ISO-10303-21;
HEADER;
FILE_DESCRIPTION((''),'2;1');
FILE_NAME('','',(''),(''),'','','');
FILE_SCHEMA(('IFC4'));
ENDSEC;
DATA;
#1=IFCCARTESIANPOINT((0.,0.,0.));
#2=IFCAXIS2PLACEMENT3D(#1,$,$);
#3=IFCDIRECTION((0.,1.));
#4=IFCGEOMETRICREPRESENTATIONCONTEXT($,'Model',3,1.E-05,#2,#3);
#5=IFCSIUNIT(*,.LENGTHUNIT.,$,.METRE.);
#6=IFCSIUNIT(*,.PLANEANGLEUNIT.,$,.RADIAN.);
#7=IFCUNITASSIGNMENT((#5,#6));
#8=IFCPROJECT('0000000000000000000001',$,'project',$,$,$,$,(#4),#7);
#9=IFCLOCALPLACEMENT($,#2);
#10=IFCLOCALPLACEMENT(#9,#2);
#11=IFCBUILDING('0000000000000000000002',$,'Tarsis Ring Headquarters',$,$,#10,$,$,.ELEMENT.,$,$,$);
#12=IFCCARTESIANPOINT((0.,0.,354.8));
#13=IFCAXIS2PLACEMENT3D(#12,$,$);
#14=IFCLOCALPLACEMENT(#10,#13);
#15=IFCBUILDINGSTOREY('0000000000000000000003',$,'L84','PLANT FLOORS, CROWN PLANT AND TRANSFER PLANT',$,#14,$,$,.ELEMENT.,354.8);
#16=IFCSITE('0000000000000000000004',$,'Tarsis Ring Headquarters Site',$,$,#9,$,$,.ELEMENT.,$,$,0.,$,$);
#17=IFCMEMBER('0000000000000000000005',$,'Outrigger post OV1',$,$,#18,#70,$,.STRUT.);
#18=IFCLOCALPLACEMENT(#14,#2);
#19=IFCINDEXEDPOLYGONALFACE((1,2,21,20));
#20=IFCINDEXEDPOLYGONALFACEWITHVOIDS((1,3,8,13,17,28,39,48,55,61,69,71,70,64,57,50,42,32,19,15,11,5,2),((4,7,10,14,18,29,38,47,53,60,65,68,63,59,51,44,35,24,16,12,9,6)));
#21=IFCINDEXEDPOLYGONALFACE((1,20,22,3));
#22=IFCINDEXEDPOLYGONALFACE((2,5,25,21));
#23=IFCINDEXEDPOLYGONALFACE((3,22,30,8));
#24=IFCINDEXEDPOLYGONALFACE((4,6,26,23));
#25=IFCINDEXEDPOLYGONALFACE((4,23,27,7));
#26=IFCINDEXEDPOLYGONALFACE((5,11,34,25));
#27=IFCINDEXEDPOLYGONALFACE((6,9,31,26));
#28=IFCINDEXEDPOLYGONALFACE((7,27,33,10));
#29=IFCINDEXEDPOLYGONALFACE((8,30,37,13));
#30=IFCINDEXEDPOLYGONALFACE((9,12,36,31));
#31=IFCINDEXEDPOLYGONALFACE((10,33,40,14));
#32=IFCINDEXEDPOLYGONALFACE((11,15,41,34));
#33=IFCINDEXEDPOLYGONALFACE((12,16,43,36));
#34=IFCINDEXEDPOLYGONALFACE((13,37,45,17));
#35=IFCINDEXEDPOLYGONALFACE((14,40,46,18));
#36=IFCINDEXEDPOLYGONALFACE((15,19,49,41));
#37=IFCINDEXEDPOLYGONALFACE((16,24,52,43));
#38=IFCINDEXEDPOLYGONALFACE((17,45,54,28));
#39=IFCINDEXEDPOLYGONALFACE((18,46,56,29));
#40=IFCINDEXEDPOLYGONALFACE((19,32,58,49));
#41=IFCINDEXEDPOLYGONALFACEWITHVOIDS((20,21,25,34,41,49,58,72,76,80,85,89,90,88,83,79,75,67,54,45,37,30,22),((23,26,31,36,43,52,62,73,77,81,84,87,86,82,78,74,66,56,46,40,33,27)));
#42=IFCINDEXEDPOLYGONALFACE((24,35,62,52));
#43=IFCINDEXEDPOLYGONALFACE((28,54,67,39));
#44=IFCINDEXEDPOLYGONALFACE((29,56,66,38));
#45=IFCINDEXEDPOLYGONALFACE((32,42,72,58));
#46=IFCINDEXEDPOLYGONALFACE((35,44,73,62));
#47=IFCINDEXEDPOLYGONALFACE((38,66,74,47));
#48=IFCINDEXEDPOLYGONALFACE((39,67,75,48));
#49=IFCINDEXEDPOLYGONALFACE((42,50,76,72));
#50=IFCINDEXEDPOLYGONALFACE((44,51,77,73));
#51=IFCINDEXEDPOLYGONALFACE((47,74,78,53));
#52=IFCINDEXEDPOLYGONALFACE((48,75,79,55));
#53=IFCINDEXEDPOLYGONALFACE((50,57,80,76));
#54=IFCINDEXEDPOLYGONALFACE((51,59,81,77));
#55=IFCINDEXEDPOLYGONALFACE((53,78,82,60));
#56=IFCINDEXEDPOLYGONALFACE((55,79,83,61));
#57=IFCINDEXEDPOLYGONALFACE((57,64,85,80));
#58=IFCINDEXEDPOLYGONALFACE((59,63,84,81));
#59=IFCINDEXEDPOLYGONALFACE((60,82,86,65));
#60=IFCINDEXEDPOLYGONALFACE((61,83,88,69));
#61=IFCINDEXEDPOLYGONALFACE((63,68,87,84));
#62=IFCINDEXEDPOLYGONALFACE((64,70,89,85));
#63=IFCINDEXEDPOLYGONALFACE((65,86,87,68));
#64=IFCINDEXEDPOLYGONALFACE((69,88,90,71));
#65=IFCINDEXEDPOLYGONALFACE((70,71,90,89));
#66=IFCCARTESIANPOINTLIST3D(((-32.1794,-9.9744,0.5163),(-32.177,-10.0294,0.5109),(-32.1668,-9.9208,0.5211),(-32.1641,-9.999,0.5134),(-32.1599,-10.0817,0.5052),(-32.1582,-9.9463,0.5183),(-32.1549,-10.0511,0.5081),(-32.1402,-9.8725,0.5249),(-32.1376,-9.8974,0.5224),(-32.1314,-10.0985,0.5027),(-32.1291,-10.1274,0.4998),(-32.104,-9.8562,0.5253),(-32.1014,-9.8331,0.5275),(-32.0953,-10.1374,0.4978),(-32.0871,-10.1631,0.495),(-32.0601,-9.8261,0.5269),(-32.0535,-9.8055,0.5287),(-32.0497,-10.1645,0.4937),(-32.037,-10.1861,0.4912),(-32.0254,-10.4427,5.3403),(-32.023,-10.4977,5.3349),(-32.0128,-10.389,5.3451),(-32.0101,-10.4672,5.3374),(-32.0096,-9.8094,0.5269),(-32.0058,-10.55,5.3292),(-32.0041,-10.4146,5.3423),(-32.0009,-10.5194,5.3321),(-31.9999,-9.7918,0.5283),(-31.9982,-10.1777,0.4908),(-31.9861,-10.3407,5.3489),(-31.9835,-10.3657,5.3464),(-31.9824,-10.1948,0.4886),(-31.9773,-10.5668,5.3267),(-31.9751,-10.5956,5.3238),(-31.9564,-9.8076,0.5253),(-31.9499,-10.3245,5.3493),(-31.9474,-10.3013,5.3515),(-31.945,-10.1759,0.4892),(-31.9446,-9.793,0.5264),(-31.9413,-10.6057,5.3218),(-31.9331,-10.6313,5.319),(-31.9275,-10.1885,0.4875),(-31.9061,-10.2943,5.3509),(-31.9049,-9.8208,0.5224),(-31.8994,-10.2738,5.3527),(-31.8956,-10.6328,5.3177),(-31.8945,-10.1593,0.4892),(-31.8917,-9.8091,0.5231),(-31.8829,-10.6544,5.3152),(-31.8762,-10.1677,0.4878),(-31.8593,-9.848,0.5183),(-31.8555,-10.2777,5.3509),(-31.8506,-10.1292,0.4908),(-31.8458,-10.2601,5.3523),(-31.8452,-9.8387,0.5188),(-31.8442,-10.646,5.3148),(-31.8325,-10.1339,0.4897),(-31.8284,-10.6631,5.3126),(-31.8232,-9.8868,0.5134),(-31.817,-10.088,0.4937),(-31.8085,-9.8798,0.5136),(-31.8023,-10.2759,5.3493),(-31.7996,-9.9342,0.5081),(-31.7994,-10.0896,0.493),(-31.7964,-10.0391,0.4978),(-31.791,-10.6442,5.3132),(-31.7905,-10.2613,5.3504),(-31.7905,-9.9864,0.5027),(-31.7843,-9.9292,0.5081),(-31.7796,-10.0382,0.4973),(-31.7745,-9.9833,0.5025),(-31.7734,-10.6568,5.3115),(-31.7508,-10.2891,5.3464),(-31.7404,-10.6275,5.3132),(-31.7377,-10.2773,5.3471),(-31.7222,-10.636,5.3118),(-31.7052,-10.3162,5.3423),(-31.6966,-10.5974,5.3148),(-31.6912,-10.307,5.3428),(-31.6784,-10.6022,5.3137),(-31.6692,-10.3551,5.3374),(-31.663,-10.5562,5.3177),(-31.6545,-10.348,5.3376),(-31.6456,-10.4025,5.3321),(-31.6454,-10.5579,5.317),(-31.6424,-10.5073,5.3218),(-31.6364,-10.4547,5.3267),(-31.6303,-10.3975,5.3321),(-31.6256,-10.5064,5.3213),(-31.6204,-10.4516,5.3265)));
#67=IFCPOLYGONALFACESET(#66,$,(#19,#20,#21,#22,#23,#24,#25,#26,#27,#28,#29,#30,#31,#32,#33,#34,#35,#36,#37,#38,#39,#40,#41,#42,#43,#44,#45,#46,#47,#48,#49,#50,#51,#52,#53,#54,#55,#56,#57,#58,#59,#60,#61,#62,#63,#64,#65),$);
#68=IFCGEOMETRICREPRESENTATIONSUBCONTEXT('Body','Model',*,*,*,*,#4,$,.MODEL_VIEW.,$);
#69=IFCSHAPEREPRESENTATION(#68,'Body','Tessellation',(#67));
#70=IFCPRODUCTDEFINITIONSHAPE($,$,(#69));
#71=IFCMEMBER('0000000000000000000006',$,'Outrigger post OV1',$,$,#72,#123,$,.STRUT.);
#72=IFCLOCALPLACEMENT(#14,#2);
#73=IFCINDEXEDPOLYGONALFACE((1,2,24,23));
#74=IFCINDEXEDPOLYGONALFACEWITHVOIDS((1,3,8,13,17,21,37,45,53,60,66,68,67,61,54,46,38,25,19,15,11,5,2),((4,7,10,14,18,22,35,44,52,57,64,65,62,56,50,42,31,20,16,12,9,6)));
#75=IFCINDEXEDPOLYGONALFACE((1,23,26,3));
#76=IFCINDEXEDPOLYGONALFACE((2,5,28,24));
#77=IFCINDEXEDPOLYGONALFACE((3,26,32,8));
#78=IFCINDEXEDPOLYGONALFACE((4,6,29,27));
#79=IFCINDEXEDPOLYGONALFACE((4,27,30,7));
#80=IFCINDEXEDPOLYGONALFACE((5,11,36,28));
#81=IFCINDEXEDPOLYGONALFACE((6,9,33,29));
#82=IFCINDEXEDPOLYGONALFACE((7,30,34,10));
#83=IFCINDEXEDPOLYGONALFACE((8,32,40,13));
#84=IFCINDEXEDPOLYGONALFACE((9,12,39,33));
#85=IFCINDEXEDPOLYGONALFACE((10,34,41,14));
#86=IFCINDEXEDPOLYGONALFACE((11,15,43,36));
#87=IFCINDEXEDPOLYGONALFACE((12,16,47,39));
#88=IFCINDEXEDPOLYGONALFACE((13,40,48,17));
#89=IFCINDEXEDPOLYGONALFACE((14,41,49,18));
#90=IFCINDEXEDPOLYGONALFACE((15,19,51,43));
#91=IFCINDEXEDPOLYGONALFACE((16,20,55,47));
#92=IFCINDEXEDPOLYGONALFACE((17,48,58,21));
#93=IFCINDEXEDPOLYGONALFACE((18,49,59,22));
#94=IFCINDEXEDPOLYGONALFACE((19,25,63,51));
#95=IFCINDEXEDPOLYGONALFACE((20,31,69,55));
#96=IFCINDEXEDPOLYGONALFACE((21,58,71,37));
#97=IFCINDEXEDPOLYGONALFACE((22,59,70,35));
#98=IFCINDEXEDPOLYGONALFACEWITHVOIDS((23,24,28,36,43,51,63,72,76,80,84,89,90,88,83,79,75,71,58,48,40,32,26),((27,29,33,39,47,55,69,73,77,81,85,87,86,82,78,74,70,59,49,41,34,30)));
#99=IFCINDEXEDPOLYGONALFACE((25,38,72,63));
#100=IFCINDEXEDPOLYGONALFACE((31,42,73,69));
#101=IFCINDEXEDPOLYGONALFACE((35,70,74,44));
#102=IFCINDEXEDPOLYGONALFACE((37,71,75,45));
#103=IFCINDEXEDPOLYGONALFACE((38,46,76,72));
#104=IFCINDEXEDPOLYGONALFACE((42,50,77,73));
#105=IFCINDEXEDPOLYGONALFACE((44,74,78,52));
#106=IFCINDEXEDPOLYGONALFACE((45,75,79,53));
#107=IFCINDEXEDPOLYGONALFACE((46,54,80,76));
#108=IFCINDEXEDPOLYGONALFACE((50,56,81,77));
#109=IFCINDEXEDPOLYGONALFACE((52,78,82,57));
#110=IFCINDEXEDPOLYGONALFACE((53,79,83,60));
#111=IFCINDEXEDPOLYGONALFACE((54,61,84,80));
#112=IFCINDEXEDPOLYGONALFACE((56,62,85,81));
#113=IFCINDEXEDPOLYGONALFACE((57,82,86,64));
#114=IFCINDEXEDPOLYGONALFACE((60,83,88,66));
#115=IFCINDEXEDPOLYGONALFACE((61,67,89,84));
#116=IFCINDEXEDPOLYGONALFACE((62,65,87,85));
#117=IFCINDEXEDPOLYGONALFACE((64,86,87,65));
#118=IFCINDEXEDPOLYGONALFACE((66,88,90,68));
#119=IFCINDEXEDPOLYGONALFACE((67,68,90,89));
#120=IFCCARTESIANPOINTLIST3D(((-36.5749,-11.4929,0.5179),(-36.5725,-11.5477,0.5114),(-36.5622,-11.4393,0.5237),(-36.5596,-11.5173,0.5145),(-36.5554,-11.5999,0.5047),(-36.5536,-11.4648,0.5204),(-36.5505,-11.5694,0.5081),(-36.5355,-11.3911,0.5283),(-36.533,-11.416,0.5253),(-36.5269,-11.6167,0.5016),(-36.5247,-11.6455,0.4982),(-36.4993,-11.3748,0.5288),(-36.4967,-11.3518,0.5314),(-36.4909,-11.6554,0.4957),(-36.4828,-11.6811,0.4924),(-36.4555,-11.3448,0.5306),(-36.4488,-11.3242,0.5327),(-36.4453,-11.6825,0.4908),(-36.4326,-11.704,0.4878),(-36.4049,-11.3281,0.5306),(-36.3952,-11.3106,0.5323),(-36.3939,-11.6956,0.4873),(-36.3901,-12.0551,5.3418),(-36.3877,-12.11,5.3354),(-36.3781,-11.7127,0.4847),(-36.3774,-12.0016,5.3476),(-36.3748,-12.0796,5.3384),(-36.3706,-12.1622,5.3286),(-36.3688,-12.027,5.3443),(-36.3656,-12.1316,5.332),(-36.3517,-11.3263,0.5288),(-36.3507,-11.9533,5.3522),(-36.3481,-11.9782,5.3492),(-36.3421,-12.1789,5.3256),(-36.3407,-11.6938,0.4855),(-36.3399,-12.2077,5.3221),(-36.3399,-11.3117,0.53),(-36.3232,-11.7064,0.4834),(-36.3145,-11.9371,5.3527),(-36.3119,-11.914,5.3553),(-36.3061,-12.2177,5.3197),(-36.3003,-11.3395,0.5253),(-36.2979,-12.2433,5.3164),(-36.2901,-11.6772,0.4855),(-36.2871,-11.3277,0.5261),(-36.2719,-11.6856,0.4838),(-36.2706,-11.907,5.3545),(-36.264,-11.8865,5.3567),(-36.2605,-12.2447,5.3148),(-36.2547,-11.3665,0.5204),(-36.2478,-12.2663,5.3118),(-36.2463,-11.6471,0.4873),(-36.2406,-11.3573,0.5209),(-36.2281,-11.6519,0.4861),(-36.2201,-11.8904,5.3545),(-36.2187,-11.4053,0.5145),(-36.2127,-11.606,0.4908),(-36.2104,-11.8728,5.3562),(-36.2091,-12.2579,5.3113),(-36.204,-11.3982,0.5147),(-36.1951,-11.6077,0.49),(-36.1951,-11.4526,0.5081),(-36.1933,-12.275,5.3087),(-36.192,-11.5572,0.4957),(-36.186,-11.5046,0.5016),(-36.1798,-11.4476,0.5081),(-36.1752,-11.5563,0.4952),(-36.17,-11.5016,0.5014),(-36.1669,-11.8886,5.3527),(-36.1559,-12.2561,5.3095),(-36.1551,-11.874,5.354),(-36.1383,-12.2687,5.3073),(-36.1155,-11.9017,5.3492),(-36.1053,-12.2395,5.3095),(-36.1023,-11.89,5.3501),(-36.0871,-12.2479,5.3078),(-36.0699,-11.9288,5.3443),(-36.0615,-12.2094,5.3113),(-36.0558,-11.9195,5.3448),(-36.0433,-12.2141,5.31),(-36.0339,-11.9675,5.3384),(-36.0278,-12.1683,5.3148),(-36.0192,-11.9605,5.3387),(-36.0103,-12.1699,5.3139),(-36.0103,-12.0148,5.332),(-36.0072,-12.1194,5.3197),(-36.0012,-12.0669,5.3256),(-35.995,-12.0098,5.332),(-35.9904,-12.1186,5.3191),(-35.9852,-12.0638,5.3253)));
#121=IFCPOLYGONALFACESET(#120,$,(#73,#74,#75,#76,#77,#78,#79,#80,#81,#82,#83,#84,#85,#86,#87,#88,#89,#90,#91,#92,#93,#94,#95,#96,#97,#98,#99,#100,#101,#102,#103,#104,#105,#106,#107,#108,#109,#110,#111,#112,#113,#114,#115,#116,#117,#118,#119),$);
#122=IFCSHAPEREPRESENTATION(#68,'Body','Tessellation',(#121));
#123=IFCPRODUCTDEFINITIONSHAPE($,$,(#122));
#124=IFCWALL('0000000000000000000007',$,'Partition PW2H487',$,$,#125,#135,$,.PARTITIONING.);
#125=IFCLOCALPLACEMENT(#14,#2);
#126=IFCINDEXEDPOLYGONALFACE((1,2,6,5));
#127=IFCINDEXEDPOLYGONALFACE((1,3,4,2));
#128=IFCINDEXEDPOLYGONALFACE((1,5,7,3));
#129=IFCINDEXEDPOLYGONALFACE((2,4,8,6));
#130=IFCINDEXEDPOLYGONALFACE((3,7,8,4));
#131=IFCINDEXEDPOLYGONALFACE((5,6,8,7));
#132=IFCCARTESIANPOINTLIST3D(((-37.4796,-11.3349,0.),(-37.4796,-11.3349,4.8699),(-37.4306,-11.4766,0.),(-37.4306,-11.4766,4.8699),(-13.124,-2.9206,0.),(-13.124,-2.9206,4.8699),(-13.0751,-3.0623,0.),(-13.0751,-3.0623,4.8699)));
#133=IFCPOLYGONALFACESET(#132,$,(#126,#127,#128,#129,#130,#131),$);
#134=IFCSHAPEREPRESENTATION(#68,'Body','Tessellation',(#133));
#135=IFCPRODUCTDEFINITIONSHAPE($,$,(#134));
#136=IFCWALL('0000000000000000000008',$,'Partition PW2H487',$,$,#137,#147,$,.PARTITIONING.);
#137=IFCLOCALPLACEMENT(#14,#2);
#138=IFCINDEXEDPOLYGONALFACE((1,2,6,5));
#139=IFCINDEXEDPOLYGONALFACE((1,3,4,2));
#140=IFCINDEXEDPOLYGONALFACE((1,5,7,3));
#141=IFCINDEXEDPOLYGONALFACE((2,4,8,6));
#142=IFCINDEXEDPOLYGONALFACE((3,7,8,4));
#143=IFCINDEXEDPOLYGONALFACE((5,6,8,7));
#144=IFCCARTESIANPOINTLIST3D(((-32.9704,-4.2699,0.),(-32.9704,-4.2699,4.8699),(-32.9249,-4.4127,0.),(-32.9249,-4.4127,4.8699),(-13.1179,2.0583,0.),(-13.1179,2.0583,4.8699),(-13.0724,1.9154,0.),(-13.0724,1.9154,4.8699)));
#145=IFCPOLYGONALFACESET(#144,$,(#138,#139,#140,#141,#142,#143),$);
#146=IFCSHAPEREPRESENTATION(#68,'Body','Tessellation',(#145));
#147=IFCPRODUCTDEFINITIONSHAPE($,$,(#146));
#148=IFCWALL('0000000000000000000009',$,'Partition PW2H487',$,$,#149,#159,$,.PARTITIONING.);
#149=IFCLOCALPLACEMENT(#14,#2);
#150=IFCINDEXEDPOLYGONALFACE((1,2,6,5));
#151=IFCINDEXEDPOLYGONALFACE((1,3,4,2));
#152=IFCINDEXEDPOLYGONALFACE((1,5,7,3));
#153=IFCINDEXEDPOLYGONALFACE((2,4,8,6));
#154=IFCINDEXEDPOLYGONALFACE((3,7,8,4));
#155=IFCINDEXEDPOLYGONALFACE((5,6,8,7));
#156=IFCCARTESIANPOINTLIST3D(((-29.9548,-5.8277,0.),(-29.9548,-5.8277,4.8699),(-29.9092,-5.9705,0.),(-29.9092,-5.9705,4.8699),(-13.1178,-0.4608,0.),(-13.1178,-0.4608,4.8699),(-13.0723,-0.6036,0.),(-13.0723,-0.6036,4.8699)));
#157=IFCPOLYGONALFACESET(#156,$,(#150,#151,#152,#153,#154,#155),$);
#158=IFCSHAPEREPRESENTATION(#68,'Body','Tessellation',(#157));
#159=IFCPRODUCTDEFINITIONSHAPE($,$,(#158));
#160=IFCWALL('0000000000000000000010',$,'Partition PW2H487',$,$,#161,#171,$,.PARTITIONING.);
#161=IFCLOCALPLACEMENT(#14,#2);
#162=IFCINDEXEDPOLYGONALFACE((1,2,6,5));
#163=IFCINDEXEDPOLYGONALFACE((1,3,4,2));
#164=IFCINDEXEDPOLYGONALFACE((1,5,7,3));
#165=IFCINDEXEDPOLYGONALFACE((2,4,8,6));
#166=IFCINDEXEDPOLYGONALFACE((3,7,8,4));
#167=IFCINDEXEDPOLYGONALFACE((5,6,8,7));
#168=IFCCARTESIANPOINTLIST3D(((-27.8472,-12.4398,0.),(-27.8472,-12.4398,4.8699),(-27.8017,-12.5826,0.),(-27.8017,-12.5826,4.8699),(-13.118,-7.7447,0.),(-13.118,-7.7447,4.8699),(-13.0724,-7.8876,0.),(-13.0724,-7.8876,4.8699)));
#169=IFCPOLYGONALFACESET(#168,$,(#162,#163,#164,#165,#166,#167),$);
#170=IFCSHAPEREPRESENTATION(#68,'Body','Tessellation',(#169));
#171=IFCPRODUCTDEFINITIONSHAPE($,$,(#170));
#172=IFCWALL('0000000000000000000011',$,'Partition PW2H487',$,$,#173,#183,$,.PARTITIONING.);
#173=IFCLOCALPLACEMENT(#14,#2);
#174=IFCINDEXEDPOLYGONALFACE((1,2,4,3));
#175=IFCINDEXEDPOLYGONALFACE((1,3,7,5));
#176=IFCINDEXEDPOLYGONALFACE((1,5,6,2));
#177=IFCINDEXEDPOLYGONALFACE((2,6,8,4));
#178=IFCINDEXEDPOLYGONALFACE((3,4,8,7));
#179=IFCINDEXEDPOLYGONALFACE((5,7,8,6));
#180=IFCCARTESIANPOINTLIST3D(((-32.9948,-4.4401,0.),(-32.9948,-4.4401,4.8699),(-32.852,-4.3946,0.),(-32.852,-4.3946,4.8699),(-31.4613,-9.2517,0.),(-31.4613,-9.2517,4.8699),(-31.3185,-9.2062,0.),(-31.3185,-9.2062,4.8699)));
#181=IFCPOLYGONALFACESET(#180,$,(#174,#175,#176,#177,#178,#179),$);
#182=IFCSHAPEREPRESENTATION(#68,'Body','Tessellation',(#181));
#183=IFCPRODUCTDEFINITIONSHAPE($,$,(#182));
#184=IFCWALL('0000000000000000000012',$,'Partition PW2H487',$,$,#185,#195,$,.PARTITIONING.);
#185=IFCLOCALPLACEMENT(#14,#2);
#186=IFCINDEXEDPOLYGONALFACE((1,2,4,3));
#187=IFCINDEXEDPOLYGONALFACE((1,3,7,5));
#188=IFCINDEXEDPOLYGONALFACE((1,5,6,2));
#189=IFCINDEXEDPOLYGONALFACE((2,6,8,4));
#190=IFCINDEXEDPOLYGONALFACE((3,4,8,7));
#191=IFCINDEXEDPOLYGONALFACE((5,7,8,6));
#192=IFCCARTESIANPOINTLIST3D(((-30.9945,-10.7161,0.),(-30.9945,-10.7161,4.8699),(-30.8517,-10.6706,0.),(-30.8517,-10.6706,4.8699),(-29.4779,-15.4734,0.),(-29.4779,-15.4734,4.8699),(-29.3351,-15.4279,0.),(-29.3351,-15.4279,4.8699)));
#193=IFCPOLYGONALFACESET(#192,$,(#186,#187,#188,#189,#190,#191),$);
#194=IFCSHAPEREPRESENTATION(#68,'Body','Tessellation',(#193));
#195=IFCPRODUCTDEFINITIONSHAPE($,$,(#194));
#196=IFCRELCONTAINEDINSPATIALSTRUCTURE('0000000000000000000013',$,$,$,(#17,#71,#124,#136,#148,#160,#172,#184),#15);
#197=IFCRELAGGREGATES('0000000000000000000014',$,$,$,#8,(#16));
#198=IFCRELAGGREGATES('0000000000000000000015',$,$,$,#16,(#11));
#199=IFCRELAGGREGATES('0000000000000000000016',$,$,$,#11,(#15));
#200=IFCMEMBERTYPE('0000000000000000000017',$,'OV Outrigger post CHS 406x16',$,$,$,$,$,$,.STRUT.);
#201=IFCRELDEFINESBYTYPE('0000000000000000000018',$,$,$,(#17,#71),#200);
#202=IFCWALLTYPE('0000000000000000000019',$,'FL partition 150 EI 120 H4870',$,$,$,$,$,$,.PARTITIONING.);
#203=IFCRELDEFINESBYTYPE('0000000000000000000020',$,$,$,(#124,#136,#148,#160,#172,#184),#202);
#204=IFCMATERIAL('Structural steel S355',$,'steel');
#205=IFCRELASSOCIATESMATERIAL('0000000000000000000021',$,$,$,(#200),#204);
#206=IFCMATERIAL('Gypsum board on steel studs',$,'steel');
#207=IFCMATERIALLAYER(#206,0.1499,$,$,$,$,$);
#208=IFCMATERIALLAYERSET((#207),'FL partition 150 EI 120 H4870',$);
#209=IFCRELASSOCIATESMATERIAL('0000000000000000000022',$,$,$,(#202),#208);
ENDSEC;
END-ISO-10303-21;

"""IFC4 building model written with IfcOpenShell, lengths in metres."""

from ifc_helpers import new_model, si_unit, direction, frame, frame_2d, origin, origin_2d, place, context, subcontext, project, spatial, rectangle, hollow_circle, extrude, material, layer, layer_set, material_profile, profile_set, type_object, element, save


model = new_model("IFC4")

# Units and contexts
model_context = context("Model", 3, precision=1e-05, world=origin(), true_north=direction((0.0, 1.0)))
body_context = subcontext(model_context, "Body", "Model", "MODEL_VIEW")
ifc_project = project(units=[si_unit("LENGTHUNIT", "METRE"), si_unit("PLANEANGLEUNIT", "RADIAN")], contexts=[model_context])

# Site, building, storey
site_placement = place(None, origin())
site = spatial("IfcSite", under=ifc_project, at=site_placement, Name="Tarsis Ring Headquarters Site", CompositionType="ELEMENT", RefElevation=0.0)
building_placement = place(site_placement, origin())
building = spatial("IfcBuilding", under=site, at=building_placement, Name="Tarsis Ring Headquarters", CompositionType="ELEMENT")
storey_placement = place(building_placement, frame((0.0, 0.0, 354.8)))
storey = spatial("IfcBuildingStorey", under=building, at=storey_placement, Name="L84", Description="PLANT FLOORS, CROWN PLANT AND TRANSFER PLANT", CompositionType="ELEMENT", Elevation=354.8)

# Members
ifc_material_1 = material(Name="Structural steel S355", Category="steel")
ifc_material_profile_1 = material_profile(ifc_material_1, hollow_circle(Radius=0.2031, WallThickness=0.0161, at=origin_2d()), Name="CHS 406x16")
ifc_profile_set_1 = profile_set([ifc_material_profile_1], Name="Structural steel S355")
member_type_1 = type_object("IfcMemberType", Name="OV Outrigger post CHS 406x16", PredefinedType="STRUT", material=ifc_profile_set_1)
member_1_placement = place(storey_placement, frame((-31.9773, -9.9927, 0.5081), z_axis=(0.031769, -0.096567, 0.994819), x_axis=(0.949914, 0.312511, 0.0)))
element("IfcMember", 1, at=member_1_placement, inside=storey, type_object=member_type_1, Name="Outrigger post OV1", PredefinedType="STRUT", context=body_context, shape_type="SweptSolid", body=[
    extrude(hollow_circle(Radius=0.2031, WallThickness=0.0161, at=origin_2d()), origin(), (0.0, 0.0, 1.0), 4.8491),
])
member_2_placement = place(storey_placement, frame((-36.3728, -11.511, 0.5081), z_axis=(0.038027, -0.115687, 0.992558), x_axis=(0.949995, 0.312265, 0.0)))
element("IfcMember", 2, at=member_2_placement, inside=storey, type_object=member_type_1, Name="Outrigger post OV1", PredefinedType="STRUT", context=body_context, shape_type="SweptSolid", body=[
    extrude(hollow_circle(Radius=0.2031, WallThickness=0.0161, at=origin_2d()), origin(), (0.0, 0.0, 1.0), 4.8601),
])

# Walls
ifc_material_2 = material(Name="Gypsum board on steel studs", Category="steel")
ifc_layer = layer(ifc_material_2, 0.1499)
ifc_layer_set = layer_set([ifc_layer], Name="FL partition 150 EI 120 H4870")
wall_type = type_object("IfcWallType", Name="FL partition 150 EI 120 H4870", PredefinedType="PARTITIONING", material=ifc_layer_set)
wall_1_placement = place(storey_placement, frame((-37.4551, -11.4058, 0.0), z_axis=(0.0, 0.0, 1.0), x_axis=(0.945183, 0.326541, 0.0)))
element("IfcWall", 3, at=wall_1_placement, inside=storey, type_object=wall_type, Name="Partition PW2H487", PredefinedType="PARTITIONING", context=body_context, shape_type="SweptSolid", body=[
    extrude(rectangle(XDim=25.7681, YDim=0.1499, at=frame_2d((12.884, 0.0))), origin(), (0.0, 0.0, 1.0), 4.8699),
])
wall_2_placement = place(storey_placement, frame((-32.9478, -4.3413, 0.0), z_axis=(0.0, 0.0, 1.0), x_axis=(0.952767, 0.303701, 0.0)))
element("IfcWall", 4, at=wall_2_placement, inside=storey, type_object=wall_type, Name="Partition PW2H487", PredefinedType="PARTITIONING", context=body_context, shape_type="SweptSolid", body=[
    extrude(rectangle(XDim=20.8367, YDim=0.1499, at=frame_2d((10.4185, 0.0))), origin(), (0.0, 0.0, 1.0), 4.8699),
])
wall_3_placement = place(storey_placement, frame((-29.9321, -5.8992, 0.0), z_axis=(0.0, 0.0, 1.0), x_axis=(0.952766, 0.303704, 0.0)))
element("IfcWall", 5, at=wall_3_placement, inside=storey, type_object=wall_type, Name="Partition PW2H487", PredefinedType="PARTITIONING", context=body_context, shape_type="SweptSolid", body=[
    extrude(rectangle(XDim=17.6716, YDim=0.1499, at=frame_2d((8.8359, 0.0))), origin(), (0.0, 0.0, 1.0), 4.8699),
])
wall_4_placement = place(storey_placement, frame((-27.8245, -12.5112, 0.0), z_axis=(0.0, 0.0, 1.0), x_axis=(0.952767, 0.303702, 0.0)))
element("IfcWall", 6, at=wall_4_placement, inside=storey, type_object=wall_type, Name="Partition PW2H487", PredefinedType="PARTITIONING", context=body_context, shape_type="SweptSolid", body=[
    extrude(rectangle(XDim=15.4595, YDim=0.1499, at=frame_2d((7.7297, 0.0))), origin(), (0.0, 0.0, 1.0), 4.8699),
])
wall_5_placement = place(storey_placement, frame((-32.9233, -4.4175, 0.0), z_axis=(0.0, 0.0, 1.0), x_axis=(0.303655, -0.952782, 0.0)))
element("IfcWall", 7, at=wall_5_placement, inside=storey, type_object=wall_type, Name="Partition PW2H487", PredefinedType="PARTITIONING", context=body_context, shape_type="SweptSolid", body=[
    extrude(rectangle(XDim=5.05, YDim=0.1499, at=frame_2d((2.5249, 0.0))), origin(), (0.0, 0.0, 1.0), 4.8699),
])
wall_6_placement = place(storey_placement, frame((-30.9231, -10.6934, 0.0), z_axis=(0.0, 0.0, 1.0), x_axis=(0.303732, -0.952757, 0.0)))
element("IfcWall", 8, at=wall_6_placement, inside=storey, type_object=wall_type, Name="Partition PW2H487", PredefinedType="PARTITIONING", context=body_context, shape_type="SweptSolid", body=[
    extrude(rectangle(XDim=4.9932, YDim=0.1499, at=frame_2d((2.4966, 0.0))), origin(), (0.0, 0.0, 1.0), 4.8699),
])

save(model, "model.ifc")
